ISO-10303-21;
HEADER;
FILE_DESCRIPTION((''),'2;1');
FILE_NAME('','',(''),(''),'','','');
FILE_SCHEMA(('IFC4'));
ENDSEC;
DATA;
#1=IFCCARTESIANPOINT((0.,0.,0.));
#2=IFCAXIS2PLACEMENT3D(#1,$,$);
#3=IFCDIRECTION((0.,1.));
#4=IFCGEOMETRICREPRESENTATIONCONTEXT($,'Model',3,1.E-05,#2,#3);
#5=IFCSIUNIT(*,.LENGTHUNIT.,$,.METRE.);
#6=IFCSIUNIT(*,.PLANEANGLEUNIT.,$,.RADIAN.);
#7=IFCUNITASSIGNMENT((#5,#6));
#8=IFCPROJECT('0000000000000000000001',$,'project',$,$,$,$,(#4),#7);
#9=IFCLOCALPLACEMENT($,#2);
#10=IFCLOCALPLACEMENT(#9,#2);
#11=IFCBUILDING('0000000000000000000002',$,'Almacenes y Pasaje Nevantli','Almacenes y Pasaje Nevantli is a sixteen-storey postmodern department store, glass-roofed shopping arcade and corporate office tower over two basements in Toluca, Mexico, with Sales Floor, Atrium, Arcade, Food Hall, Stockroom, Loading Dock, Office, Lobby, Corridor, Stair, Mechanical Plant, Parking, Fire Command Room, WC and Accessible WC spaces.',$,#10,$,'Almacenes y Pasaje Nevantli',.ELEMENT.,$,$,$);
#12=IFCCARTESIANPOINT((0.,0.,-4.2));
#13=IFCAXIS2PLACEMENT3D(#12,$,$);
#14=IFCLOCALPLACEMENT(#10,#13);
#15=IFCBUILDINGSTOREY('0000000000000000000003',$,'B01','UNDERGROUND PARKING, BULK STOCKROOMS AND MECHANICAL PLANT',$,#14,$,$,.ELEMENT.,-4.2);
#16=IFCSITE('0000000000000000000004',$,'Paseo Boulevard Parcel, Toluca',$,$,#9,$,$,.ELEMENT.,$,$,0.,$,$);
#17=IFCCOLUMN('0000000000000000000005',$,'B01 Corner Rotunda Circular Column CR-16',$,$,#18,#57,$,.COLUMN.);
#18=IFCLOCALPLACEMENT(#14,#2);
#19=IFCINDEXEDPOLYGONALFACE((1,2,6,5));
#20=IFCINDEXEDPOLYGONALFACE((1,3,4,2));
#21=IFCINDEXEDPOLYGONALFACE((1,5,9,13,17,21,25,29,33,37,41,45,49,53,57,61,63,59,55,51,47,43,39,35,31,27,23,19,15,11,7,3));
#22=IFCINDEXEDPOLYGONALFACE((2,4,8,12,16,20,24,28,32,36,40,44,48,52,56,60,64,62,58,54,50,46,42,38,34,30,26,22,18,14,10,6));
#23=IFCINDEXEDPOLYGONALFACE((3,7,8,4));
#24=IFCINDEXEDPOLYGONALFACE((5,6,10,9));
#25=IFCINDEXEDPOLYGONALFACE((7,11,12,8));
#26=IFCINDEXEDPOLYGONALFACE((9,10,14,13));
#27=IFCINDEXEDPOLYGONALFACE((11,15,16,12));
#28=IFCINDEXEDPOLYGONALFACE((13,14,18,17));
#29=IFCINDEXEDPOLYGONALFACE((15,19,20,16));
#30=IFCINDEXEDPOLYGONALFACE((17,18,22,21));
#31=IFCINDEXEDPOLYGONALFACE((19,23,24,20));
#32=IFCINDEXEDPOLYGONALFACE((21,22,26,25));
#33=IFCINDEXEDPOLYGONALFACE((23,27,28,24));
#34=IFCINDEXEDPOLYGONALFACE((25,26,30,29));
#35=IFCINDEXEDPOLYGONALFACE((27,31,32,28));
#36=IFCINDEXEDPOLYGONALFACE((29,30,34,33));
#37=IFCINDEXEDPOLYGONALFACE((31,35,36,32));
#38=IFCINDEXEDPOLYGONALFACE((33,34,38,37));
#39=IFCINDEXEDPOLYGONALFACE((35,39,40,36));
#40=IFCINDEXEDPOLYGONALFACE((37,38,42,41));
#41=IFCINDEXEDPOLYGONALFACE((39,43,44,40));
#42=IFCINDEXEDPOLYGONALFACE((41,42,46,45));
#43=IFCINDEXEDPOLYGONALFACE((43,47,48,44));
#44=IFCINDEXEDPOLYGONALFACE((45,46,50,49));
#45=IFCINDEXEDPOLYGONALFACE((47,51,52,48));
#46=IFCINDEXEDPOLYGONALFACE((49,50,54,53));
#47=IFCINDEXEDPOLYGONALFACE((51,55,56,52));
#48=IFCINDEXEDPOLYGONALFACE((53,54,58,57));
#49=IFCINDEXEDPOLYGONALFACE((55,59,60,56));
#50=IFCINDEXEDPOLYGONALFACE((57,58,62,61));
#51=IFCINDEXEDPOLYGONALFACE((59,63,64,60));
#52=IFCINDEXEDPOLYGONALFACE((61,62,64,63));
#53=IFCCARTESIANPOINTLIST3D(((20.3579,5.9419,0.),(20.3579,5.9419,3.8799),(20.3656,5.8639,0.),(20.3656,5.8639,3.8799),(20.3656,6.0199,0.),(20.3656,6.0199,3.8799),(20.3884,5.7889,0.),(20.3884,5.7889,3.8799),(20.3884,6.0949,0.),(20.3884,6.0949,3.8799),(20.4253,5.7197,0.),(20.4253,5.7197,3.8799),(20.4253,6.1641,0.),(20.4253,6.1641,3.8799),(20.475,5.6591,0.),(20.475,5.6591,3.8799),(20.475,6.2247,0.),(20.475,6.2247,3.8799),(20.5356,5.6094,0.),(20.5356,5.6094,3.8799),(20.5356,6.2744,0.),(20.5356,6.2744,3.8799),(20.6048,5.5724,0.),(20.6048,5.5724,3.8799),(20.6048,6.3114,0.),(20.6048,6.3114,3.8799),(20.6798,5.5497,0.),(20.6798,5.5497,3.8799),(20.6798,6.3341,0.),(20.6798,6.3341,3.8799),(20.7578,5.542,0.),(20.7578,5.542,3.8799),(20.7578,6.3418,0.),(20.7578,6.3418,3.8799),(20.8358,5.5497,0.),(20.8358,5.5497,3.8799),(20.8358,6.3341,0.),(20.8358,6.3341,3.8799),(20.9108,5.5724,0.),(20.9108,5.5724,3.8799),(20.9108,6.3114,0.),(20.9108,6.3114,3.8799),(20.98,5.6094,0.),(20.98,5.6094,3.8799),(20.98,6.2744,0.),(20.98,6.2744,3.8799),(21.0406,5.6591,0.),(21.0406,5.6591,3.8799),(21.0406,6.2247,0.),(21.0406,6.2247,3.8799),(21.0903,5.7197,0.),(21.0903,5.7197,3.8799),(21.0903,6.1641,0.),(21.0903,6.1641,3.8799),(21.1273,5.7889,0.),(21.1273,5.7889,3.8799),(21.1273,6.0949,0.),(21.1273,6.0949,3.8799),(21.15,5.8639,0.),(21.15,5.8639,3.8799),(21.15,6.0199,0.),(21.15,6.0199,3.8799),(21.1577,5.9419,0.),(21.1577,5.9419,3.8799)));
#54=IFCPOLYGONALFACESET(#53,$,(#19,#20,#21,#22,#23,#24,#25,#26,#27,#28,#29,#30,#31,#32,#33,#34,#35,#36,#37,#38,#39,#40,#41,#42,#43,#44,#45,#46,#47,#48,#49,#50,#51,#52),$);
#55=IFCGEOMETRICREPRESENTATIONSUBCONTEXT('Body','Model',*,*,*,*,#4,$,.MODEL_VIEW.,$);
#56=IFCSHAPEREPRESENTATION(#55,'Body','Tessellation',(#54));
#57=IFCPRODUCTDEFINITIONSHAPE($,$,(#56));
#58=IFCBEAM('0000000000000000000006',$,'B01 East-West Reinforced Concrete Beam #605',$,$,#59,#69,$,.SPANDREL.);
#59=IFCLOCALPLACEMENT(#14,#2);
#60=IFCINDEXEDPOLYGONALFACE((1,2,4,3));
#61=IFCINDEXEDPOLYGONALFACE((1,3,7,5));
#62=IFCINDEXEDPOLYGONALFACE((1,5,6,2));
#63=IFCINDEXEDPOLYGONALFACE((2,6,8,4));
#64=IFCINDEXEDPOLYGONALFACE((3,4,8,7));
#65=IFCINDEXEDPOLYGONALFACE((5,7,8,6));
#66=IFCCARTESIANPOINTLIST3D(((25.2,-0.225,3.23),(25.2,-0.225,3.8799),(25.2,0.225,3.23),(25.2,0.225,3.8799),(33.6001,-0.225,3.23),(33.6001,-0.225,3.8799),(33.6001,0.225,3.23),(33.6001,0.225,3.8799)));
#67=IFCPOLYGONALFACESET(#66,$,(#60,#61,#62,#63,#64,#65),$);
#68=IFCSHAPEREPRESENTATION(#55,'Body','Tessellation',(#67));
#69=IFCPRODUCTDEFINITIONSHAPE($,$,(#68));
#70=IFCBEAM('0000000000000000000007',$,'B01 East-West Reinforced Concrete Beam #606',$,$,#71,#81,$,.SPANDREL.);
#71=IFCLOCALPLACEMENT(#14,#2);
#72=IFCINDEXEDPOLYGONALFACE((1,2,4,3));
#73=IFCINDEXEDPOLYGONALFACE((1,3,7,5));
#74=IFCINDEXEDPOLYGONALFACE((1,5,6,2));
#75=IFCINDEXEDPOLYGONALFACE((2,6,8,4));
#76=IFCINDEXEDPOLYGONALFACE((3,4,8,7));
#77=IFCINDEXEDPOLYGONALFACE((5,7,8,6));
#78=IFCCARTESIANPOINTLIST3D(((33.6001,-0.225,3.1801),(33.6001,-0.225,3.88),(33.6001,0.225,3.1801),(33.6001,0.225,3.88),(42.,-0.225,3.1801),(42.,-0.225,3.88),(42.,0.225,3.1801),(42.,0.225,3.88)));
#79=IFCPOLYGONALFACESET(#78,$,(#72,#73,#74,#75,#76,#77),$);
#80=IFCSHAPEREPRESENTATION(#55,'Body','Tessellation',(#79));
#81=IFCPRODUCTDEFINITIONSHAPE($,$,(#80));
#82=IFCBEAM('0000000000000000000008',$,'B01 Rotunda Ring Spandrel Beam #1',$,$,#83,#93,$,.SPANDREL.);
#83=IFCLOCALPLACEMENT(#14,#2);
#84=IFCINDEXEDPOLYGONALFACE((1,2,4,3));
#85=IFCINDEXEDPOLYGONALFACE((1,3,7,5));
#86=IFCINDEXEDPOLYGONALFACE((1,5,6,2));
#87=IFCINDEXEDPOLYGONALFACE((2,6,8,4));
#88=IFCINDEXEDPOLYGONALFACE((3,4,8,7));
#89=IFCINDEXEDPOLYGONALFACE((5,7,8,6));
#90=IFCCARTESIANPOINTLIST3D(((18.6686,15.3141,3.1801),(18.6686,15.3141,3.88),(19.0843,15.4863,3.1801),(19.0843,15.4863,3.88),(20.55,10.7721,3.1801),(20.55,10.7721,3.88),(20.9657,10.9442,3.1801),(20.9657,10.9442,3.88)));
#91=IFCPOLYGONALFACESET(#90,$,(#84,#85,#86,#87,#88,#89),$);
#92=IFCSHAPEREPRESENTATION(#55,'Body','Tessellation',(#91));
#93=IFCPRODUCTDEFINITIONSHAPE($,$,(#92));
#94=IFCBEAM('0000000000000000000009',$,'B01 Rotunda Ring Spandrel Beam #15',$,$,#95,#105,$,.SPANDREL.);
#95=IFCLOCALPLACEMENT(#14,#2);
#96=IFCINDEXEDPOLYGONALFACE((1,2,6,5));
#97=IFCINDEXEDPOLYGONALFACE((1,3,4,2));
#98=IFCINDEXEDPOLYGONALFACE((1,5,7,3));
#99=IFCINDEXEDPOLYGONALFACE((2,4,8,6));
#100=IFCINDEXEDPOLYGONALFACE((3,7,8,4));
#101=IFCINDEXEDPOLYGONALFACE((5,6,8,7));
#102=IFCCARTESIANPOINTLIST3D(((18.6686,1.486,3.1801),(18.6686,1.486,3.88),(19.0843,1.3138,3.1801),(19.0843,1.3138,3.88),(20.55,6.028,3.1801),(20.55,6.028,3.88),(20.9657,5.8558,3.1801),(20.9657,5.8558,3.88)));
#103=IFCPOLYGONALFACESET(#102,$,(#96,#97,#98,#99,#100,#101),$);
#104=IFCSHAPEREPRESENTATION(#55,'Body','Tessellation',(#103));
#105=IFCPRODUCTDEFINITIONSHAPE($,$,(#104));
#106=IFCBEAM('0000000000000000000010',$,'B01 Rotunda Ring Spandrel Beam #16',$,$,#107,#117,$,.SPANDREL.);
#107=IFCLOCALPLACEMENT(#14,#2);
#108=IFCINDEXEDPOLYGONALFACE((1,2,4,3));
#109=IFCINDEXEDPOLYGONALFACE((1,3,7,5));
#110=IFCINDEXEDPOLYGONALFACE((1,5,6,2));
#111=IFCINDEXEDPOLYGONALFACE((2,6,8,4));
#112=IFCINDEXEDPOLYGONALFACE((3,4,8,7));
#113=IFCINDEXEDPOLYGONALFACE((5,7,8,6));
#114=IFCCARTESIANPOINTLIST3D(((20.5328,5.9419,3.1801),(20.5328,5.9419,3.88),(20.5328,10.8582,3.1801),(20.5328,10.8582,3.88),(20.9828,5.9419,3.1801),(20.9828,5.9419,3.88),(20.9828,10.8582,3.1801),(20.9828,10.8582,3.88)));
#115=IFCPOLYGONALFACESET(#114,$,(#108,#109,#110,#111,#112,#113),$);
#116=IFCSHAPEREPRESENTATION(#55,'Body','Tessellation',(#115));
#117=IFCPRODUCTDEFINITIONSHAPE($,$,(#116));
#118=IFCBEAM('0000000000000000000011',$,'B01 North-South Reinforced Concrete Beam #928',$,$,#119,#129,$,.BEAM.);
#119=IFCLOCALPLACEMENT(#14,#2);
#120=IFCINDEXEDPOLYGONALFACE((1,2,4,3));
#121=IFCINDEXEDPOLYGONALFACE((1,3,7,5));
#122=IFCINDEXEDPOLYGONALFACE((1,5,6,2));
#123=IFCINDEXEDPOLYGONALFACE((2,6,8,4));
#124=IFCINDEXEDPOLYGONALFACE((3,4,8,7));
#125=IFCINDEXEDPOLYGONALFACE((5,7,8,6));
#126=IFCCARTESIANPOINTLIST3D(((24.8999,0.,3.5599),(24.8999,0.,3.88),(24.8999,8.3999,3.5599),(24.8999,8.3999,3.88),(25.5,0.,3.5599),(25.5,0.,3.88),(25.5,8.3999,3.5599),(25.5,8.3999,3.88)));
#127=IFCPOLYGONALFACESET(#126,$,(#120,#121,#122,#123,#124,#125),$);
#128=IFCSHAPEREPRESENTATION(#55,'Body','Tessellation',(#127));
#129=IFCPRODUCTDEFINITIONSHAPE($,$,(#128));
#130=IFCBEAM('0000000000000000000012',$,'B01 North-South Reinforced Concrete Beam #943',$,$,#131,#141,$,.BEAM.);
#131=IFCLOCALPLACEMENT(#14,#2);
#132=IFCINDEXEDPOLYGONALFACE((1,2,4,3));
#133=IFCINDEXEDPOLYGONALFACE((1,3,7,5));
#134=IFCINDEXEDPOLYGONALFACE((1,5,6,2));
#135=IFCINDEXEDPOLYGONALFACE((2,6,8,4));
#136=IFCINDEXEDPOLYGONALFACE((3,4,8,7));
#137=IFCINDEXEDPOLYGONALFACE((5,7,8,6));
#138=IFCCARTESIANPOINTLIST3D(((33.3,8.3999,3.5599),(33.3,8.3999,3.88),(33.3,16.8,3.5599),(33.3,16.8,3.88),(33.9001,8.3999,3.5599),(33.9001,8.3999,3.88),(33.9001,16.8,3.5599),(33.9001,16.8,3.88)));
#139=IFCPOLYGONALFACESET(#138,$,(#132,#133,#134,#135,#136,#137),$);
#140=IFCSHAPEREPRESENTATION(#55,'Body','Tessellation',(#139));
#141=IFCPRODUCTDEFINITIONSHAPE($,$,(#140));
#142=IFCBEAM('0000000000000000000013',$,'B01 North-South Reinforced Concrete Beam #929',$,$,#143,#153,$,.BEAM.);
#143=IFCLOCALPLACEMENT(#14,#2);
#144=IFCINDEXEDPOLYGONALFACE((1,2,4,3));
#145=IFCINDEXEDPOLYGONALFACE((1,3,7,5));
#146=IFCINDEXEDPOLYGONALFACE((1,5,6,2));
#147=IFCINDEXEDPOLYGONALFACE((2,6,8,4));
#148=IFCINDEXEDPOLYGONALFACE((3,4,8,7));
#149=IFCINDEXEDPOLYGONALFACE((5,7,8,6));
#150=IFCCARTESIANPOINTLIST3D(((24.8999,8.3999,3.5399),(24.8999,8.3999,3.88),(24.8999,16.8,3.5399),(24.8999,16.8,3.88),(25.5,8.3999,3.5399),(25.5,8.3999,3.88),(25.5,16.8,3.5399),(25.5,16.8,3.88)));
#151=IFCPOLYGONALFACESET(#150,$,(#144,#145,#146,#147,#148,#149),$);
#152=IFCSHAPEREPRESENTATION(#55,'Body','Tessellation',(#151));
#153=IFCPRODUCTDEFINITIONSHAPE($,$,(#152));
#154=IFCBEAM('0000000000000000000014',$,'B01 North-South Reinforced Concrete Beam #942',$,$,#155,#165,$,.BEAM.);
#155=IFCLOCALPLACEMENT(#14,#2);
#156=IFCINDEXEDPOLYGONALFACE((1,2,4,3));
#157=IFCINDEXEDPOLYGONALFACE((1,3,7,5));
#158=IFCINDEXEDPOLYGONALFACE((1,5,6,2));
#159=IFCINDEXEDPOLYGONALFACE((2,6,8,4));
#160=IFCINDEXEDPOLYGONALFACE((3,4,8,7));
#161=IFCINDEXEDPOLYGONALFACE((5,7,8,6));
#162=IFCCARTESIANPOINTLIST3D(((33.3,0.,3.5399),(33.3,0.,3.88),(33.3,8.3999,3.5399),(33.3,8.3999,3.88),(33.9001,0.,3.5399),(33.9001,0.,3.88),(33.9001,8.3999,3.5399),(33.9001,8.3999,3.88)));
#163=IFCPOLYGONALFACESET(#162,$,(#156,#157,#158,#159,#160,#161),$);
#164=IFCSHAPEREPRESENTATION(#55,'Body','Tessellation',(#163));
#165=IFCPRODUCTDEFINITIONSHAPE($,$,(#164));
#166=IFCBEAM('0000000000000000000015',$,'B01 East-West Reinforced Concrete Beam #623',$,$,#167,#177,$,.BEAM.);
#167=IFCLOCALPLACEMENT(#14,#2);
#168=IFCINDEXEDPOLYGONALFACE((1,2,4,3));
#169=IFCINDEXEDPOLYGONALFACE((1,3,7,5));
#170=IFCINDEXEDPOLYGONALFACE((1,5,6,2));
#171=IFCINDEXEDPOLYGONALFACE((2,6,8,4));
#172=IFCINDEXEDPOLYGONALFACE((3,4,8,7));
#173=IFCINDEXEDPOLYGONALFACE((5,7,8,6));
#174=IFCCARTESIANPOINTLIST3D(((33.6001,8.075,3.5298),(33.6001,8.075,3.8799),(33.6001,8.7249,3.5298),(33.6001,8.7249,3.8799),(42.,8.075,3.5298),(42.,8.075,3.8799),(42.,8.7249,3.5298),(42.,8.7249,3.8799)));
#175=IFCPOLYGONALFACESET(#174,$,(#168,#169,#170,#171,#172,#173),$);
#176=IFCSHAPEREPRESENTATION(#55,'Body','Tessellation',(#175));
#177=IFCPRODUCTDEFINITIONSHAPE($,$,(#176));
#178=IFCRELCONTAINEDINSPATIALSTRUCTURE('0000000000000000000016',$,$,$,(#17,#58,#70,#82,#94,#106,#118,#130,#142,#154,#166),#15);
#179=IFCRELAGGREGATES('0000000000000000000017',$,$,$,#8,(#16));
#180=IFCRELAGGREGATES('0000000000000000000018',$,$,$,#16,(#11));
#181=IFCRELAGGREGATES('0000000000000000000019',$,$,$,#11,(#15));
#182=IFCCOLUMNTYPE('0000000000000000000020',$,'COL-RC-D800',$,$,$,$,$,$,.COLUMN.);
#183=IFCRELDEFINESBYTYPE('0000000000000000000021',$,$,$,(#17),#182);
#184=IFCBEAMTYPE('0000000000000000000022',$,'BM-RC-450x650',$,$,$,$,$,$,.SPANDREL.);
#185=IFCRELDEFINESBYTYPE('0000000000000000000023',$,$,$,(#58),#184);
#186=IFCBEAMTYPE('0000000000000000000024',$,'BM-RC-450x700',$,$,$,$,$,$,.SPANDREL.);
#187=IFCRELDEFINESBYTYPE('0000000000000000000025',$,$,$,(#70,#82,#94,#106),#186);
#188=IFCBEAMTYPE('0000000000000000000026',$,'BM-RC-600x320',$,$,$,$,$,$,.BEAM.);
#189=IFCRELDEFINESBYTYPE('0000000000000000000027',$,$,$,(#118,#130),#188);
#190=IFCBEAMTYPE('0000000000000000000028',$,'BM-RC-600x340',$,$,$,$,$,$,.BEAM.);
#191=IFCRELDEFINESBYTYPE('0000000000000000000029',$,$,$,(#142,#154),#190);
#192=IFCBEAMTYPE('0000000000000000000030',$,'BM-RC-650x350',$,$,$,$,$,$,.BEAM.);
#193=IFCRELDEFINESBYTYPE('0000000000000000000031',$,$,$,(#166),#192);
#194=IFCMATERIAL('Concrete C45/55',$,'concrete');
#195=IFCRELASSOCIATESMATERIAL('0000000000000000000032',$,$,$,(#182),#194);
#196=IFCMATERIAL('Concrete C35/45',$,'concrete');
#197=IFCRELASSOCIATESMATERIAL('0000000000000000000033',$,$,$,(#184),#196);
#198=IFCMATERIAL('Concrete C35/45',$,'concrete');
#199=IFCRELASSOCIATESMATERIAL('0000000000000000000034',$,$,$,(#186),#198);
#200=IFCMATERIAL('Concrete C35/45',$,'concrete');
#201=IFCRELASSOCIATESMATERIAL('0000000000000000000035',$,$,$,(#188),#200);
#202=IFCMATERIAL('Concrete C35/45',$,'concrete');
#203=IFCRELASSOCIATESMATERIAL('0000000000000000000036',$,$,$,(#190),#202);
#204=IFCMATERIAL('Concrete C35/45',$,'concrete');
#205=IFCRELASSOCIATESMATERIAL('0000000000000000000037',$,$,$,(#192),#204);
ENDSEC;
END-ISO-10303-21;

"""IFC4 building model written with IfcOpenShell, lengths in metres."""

from ifc_helpers import new_model, si_unit, direction, frame, origin, origin_2d, place, context, subcontext, project, spatial, rectangle, circle, extrude, material, material_profile, profile_set, type_object, element, save


model = new_model("IFC4")

# Units and contexts
model_context = context("Model", 3, precision=1e-05, world=origin(), true_north=direction((0.0, 1.0)))
body_context = subcontext(model_context, "Body", "Model", "MODEL_VIEW")
ifc_project = project(units=[si_unit("LENGTHUNIT", "METRE"), si_unit("PLANEANGLEUNIT", "RADIAN")], contexts=[model_context])

# Site, building, storey
site_placement = place(None, origin())
site = spatial("IfcSite", under=ifc_project, at=site_placement, Name="Paseo Boulevard Parcel, Toluca", CompositionType="ELEMENT", RefElevation=0.0)
building_placement = place(site_placement, origin())
building = spatial("IfcBuilding", under=site, at=building_placement, Name="Almacenes y Pasaje Nevantli", Description="Almacenes y Pasaje Nevantli is a sixteen-storey postmodern department store, glass-roofed shopping arcade and corporate office tower over two basements in Toluca, Mexico, with Sales Floor, Atrium, Arcade, Food Hall, Stockroom, Loading Dock, Office, Lobby, Corridor, Stair, Mechanical Plant, Parking, Fire Command Room, WC and Accessible WC spaces.", LongName="Almacenes y Pasaje Nevantli", CompositionType="ELEMENT")
storey_placement = place(building_placement, frame((0.0, 0.0, -4.2)))
storey = spatial("IfcBuildingStorey", under=building, at=storey_placement, Name="B01", Description="UNDERGROUND PARKING, BULK STOCKROOMS AND MECHANICAL PLANT", CompositionType="ELEMENT", Elevation=-4.2)

# Column
ifc_material_1 = material(Name="Concrete C45/55", Category="concrete")
ifc_material_profile_1 = material_profile(ifc_material_1, circle(Radius=0.3999, at=origin_2d()), Name="RC-COL-D800")
ifc_profile_set_1 = profile_set([ifc_material_profile_1], Name="Concrete C45/55")
column_type_1 = type_object("IfcColumnType", Name="COL-RC-D800", PredefinedType="COLUMN", material=ifc_profile_set_1)
for number, where, z_axis, x_axis, name in (
    (1, (20.7578, 5.9419, 0.0), (0.0, 0.0, 1.0), (1.0, 0.0, 0.0), "B01 Corner Rotunda Circular Column CR-16"),
):
    element("IfcColumn", number, at=place(storey_placement, frame(where, z_axis=z_axis, x_axis=x_axis)), inside=storey, type_object=column_type_1, Name=name, PredefinedType="COLUMN", context=body_context, shape_type="SweptSolid", body=[
        extrude(circle(Radius=0.3999, at=origin_2d()), origin(), (0.0, 0.0, 1.0), 3.8799),
    ])

# Beams
ifc_material_2 = material(Name="Concrete C35/45", Category="concrete")
ifc_material_profile_2 = material_profile(ifc_material_2, rectangle(XDim=0.45, YDim=0.6499, at=origin_2d()), Name="RC-BM-450x650")
ifc_profile_set_2 = profile_set([ifc_material_profile_2], Name="Concrete C35/45")
beam_type_1 = type_object("IfcBeamType", Name="BM-RC-450x650", PredefinedType="SPANDREL", material=ifc_profile_set_2)
beam_1_placement = place(storey_placement, frame((25.2, 0.0, 3.5549), z_axis=(1.0, 0.0, 0.0), x_axis=(0.0, 1.0, 0.0)))
element("IfcBeam", 2, at=beam_1_placement, inside=storey, type_object=beam_type_1, Name="B01 East-West Reinforced Concrete Beam #605", PredefinedType="SPANDREL", context=body_context, shape_type="SweptSolid", body=[
    extrude(rectangle(XDim=0.45, YDim=0.6499, at=origin_2d()), origin(), (0.0, 0.0, 1.0), 8.4001),
])
ifc_material_3 = material(Name="Concrete C35/45", Category="concrete")
ifc_material_profile_3 = material_profile(ifc_material_3, rectangle(XDim=0.45, YDim=0.7, at=origin_2d()), Name="RC-BM-450x700")
ifc_profile_set_3 = profile_set([ifc_material_profile_3], Name="Concrete C35/45")
beam_type_2 = type_object("IfcBeamType", Name="BM-RC-450x700", PredefinedType="SPANDREL", material=ifc_profile_set_3)
beam_2_placement = place(storey_placement, frame((33.6001, 0.0, 3.53), z_axis=(1.0, 0.0, 0.0), x_axis=(0.0, 1.0, 0.0)))
element("IfcBeam", 3, at=beam_2_placement, inside=storey, type_object=beam_type_2, Name="B01 East-West Reinforced Concrete Beam #606", PredefinedType="SPANDREL", context=body_context, shape_type="SweptSolid", body=[
    extrude(rectangle(XDim=0.45, YDim=0.7, at=origin_2d()), origin(), (0.0, 0.0, 1.0), 8.3999),
])
for number, where, z_axis, x_axis, name in (
    (4, (20.7578, 10.8582, 3.53), (-0.382682, 0.92388, 0.0), (-0.92388, -0.382682, 0.0), "B01 Rotunda Ring Spandrel Beam #1"),
    (5, (18.8765, 1.3999, 3.53), (0.382682, 0.92388, 0.0), (-0.92388, 0.382682, 0.0), "B01 Rotunda Ring Spandrel Beam #15"),
    (6, (20.7578, 5.9419, 3.53), (0.0, 1.0, 0.0), (-1.0, 0.0, 0.0), "B01 Rotunda Ring Spandrel Beam #16"),
):
    element("IfcBeam", number, at=place(storey_placement, frame(where, z_axis=z_axis, x_axis=x_axis)), inside=storey, type_object=beam_type_2, Name=name, PredefinedType="SPANDREL", context=body_context, shape_type="SweptSolid", body=[
        extrude(rectangle(XDim=0.45, YDim=0.7, at=origin_2d()), origin(), (0.0, 0.0, 1.0), 4.9163),
    ])
ifc_material_4 = material(Name="Concrete C35/45", Category="concrete")
ifc_material_profile_4 = material_profile(ifc_material_4, rectangle(XDim=0.6001, YDim=0.3201, at=origin_2d()), Name="RC-BM-600x320")
ifc_profile_set_4 = profile_set([ifc_material_profile_4], Name="Concrete C35/45")
beam_type_3 = type_object("IfcBeamType", Name="BM-RC-600x320", PredefinedType="BEAM", material=ifc_profile_set_4)
beam_3_placement = place(storey_placement, frame((25.2, 0.0, 3.72), z_axis=(0.0, 1.0, 0.0), x_axis=(-1.0, 0.0, 0.0)))
element("IfcBeam", 7, at=beam_3_placement, inside=storey, type_object=beam_type_3, Name="B01 North-South Reinforced Concrete Beam #928", PredefinedType="BEAM", context=body_context, shape_type="SweptSolid", body=[
    extrude(rectangle(XDim=0.6001, YDim=0.3201, at=origin_2d()), origin(), (0.0, 0.0, 1.0), 8.3999),
])
beam_4_placement = place(storey_placement, frame((33.6001, 8.3999, 3.72), z_axis=(0.0, 1.0, 0.0), x_axis=(-1.0, 0.0, 0.0)))
element("IfcBeam", 8, at=beam_4_placement, inside=storey, type_object=beam_type_3, Name="B01 North-South Reinforced Concrete Beam #943", PredefinedType="BEAM", context=body_context, shape_type="SweptSolid", body=[
    extrude(rectangle(XDim=0.6001, YDim=0.3201, at=origin_2d()), origin(), (0.0, 0.0, 1.0), 8.4001),
])
ifc_material_5 = material(Name="Concrete C35/45", Category="concrete")
ifc_material_profile_5 = material_profile(ifc_material_5, rectangle(XDim=0.6001, YDim=0.3401, at=origin_2d()), Name="RC-BM-600x340")
ifc_profile_set_5 = profile_set([ifc_material_profile_5], Name="Concrete C35/45")
beam_type_4 = type_object("IfcBeamType", Name="BM-RC-600x340", PredefinedType="BEAM", material=ifc_profile_set_5)
beam_5_placement = place(storey_placement, frame((25.2, 8.3999, 3.71), z_axis=(0.0, 1.0, 0.0), x_axis=(-1.0, 0.0, 0.0)))
element("IfcBeam", 9, at=beam_5_placement, inside=storey, type_object=beam_type_4, Name="B01 North-South Reinforced Concrete Beam #929", PredefinedType="BEAM", context=body_context, shape_type="SweptSolid", body=[
    extrude(rectangle(XDim=0.6001, YDim=0.3401, at=origin_2d()), origin(), (0.0, 0.0, 1.0), 8.4001),
])
beam_6_placement = place(storey_placement, frame((33.6001, 0.0, 3.71), z_axis=(0.0, 1.0, 0.0), x_axis=(-1.0, 0.0, 0.0)))
element("IfcBeam", 10, at=beam_6_placement, inside=storey, type_object=beam_type_4, Name="B01 North-South Reinforced Concrete Beam #942", PredefinedType="BEAM", context=body_context, shape_type="SweptSolid", body=[
    extrude(rectangle(XDim=0.6001, YDim=0.3401, at=origin_2d()), origin(), (0.0, 0.0, 1.0), 8.3999),
])
ifc_material_6 = material(Name="Concrete C35/45", Category="concrete")
ifc_material_profile_6 = material_profile(ifc_material_6, rectangle(XDim=0.6499, YDim=0.3501, at=origin_2d()), Name="RC-BM-650x350")
ifc_profile_set_6 = profile_set([ifc_material_profile_6], Name="Concrete C35/45")
beam_type_5 = type_object("IfcBeamType", Name="BM-RC-650x350", PredefinedType="BEAM", material=ifc_profile_set_6)
beam_7_placement = place(storey_placement, frame((33.6001, 8.3999, 3.7048), z_axis=(1.0, 0.0, 0.0), x_axis=(0.0, 1.0, 0.0)))
element("IfcBeam", 11, at=beam_7_placement, inside=storey, type_object=beam_type_5, Name="B01 East-West Reinforced Concrete Beam #623", PredefinedType="BEAM", context=body_context, shape_type="SweptSolid", body=[
    extrude(rectangle(XDim=0.6499, YDim=0.3501, at=origin_2d()), origin(), (0.0, 0.0, 1.0), 8.3999),
])

save(model, "model.ifc")
